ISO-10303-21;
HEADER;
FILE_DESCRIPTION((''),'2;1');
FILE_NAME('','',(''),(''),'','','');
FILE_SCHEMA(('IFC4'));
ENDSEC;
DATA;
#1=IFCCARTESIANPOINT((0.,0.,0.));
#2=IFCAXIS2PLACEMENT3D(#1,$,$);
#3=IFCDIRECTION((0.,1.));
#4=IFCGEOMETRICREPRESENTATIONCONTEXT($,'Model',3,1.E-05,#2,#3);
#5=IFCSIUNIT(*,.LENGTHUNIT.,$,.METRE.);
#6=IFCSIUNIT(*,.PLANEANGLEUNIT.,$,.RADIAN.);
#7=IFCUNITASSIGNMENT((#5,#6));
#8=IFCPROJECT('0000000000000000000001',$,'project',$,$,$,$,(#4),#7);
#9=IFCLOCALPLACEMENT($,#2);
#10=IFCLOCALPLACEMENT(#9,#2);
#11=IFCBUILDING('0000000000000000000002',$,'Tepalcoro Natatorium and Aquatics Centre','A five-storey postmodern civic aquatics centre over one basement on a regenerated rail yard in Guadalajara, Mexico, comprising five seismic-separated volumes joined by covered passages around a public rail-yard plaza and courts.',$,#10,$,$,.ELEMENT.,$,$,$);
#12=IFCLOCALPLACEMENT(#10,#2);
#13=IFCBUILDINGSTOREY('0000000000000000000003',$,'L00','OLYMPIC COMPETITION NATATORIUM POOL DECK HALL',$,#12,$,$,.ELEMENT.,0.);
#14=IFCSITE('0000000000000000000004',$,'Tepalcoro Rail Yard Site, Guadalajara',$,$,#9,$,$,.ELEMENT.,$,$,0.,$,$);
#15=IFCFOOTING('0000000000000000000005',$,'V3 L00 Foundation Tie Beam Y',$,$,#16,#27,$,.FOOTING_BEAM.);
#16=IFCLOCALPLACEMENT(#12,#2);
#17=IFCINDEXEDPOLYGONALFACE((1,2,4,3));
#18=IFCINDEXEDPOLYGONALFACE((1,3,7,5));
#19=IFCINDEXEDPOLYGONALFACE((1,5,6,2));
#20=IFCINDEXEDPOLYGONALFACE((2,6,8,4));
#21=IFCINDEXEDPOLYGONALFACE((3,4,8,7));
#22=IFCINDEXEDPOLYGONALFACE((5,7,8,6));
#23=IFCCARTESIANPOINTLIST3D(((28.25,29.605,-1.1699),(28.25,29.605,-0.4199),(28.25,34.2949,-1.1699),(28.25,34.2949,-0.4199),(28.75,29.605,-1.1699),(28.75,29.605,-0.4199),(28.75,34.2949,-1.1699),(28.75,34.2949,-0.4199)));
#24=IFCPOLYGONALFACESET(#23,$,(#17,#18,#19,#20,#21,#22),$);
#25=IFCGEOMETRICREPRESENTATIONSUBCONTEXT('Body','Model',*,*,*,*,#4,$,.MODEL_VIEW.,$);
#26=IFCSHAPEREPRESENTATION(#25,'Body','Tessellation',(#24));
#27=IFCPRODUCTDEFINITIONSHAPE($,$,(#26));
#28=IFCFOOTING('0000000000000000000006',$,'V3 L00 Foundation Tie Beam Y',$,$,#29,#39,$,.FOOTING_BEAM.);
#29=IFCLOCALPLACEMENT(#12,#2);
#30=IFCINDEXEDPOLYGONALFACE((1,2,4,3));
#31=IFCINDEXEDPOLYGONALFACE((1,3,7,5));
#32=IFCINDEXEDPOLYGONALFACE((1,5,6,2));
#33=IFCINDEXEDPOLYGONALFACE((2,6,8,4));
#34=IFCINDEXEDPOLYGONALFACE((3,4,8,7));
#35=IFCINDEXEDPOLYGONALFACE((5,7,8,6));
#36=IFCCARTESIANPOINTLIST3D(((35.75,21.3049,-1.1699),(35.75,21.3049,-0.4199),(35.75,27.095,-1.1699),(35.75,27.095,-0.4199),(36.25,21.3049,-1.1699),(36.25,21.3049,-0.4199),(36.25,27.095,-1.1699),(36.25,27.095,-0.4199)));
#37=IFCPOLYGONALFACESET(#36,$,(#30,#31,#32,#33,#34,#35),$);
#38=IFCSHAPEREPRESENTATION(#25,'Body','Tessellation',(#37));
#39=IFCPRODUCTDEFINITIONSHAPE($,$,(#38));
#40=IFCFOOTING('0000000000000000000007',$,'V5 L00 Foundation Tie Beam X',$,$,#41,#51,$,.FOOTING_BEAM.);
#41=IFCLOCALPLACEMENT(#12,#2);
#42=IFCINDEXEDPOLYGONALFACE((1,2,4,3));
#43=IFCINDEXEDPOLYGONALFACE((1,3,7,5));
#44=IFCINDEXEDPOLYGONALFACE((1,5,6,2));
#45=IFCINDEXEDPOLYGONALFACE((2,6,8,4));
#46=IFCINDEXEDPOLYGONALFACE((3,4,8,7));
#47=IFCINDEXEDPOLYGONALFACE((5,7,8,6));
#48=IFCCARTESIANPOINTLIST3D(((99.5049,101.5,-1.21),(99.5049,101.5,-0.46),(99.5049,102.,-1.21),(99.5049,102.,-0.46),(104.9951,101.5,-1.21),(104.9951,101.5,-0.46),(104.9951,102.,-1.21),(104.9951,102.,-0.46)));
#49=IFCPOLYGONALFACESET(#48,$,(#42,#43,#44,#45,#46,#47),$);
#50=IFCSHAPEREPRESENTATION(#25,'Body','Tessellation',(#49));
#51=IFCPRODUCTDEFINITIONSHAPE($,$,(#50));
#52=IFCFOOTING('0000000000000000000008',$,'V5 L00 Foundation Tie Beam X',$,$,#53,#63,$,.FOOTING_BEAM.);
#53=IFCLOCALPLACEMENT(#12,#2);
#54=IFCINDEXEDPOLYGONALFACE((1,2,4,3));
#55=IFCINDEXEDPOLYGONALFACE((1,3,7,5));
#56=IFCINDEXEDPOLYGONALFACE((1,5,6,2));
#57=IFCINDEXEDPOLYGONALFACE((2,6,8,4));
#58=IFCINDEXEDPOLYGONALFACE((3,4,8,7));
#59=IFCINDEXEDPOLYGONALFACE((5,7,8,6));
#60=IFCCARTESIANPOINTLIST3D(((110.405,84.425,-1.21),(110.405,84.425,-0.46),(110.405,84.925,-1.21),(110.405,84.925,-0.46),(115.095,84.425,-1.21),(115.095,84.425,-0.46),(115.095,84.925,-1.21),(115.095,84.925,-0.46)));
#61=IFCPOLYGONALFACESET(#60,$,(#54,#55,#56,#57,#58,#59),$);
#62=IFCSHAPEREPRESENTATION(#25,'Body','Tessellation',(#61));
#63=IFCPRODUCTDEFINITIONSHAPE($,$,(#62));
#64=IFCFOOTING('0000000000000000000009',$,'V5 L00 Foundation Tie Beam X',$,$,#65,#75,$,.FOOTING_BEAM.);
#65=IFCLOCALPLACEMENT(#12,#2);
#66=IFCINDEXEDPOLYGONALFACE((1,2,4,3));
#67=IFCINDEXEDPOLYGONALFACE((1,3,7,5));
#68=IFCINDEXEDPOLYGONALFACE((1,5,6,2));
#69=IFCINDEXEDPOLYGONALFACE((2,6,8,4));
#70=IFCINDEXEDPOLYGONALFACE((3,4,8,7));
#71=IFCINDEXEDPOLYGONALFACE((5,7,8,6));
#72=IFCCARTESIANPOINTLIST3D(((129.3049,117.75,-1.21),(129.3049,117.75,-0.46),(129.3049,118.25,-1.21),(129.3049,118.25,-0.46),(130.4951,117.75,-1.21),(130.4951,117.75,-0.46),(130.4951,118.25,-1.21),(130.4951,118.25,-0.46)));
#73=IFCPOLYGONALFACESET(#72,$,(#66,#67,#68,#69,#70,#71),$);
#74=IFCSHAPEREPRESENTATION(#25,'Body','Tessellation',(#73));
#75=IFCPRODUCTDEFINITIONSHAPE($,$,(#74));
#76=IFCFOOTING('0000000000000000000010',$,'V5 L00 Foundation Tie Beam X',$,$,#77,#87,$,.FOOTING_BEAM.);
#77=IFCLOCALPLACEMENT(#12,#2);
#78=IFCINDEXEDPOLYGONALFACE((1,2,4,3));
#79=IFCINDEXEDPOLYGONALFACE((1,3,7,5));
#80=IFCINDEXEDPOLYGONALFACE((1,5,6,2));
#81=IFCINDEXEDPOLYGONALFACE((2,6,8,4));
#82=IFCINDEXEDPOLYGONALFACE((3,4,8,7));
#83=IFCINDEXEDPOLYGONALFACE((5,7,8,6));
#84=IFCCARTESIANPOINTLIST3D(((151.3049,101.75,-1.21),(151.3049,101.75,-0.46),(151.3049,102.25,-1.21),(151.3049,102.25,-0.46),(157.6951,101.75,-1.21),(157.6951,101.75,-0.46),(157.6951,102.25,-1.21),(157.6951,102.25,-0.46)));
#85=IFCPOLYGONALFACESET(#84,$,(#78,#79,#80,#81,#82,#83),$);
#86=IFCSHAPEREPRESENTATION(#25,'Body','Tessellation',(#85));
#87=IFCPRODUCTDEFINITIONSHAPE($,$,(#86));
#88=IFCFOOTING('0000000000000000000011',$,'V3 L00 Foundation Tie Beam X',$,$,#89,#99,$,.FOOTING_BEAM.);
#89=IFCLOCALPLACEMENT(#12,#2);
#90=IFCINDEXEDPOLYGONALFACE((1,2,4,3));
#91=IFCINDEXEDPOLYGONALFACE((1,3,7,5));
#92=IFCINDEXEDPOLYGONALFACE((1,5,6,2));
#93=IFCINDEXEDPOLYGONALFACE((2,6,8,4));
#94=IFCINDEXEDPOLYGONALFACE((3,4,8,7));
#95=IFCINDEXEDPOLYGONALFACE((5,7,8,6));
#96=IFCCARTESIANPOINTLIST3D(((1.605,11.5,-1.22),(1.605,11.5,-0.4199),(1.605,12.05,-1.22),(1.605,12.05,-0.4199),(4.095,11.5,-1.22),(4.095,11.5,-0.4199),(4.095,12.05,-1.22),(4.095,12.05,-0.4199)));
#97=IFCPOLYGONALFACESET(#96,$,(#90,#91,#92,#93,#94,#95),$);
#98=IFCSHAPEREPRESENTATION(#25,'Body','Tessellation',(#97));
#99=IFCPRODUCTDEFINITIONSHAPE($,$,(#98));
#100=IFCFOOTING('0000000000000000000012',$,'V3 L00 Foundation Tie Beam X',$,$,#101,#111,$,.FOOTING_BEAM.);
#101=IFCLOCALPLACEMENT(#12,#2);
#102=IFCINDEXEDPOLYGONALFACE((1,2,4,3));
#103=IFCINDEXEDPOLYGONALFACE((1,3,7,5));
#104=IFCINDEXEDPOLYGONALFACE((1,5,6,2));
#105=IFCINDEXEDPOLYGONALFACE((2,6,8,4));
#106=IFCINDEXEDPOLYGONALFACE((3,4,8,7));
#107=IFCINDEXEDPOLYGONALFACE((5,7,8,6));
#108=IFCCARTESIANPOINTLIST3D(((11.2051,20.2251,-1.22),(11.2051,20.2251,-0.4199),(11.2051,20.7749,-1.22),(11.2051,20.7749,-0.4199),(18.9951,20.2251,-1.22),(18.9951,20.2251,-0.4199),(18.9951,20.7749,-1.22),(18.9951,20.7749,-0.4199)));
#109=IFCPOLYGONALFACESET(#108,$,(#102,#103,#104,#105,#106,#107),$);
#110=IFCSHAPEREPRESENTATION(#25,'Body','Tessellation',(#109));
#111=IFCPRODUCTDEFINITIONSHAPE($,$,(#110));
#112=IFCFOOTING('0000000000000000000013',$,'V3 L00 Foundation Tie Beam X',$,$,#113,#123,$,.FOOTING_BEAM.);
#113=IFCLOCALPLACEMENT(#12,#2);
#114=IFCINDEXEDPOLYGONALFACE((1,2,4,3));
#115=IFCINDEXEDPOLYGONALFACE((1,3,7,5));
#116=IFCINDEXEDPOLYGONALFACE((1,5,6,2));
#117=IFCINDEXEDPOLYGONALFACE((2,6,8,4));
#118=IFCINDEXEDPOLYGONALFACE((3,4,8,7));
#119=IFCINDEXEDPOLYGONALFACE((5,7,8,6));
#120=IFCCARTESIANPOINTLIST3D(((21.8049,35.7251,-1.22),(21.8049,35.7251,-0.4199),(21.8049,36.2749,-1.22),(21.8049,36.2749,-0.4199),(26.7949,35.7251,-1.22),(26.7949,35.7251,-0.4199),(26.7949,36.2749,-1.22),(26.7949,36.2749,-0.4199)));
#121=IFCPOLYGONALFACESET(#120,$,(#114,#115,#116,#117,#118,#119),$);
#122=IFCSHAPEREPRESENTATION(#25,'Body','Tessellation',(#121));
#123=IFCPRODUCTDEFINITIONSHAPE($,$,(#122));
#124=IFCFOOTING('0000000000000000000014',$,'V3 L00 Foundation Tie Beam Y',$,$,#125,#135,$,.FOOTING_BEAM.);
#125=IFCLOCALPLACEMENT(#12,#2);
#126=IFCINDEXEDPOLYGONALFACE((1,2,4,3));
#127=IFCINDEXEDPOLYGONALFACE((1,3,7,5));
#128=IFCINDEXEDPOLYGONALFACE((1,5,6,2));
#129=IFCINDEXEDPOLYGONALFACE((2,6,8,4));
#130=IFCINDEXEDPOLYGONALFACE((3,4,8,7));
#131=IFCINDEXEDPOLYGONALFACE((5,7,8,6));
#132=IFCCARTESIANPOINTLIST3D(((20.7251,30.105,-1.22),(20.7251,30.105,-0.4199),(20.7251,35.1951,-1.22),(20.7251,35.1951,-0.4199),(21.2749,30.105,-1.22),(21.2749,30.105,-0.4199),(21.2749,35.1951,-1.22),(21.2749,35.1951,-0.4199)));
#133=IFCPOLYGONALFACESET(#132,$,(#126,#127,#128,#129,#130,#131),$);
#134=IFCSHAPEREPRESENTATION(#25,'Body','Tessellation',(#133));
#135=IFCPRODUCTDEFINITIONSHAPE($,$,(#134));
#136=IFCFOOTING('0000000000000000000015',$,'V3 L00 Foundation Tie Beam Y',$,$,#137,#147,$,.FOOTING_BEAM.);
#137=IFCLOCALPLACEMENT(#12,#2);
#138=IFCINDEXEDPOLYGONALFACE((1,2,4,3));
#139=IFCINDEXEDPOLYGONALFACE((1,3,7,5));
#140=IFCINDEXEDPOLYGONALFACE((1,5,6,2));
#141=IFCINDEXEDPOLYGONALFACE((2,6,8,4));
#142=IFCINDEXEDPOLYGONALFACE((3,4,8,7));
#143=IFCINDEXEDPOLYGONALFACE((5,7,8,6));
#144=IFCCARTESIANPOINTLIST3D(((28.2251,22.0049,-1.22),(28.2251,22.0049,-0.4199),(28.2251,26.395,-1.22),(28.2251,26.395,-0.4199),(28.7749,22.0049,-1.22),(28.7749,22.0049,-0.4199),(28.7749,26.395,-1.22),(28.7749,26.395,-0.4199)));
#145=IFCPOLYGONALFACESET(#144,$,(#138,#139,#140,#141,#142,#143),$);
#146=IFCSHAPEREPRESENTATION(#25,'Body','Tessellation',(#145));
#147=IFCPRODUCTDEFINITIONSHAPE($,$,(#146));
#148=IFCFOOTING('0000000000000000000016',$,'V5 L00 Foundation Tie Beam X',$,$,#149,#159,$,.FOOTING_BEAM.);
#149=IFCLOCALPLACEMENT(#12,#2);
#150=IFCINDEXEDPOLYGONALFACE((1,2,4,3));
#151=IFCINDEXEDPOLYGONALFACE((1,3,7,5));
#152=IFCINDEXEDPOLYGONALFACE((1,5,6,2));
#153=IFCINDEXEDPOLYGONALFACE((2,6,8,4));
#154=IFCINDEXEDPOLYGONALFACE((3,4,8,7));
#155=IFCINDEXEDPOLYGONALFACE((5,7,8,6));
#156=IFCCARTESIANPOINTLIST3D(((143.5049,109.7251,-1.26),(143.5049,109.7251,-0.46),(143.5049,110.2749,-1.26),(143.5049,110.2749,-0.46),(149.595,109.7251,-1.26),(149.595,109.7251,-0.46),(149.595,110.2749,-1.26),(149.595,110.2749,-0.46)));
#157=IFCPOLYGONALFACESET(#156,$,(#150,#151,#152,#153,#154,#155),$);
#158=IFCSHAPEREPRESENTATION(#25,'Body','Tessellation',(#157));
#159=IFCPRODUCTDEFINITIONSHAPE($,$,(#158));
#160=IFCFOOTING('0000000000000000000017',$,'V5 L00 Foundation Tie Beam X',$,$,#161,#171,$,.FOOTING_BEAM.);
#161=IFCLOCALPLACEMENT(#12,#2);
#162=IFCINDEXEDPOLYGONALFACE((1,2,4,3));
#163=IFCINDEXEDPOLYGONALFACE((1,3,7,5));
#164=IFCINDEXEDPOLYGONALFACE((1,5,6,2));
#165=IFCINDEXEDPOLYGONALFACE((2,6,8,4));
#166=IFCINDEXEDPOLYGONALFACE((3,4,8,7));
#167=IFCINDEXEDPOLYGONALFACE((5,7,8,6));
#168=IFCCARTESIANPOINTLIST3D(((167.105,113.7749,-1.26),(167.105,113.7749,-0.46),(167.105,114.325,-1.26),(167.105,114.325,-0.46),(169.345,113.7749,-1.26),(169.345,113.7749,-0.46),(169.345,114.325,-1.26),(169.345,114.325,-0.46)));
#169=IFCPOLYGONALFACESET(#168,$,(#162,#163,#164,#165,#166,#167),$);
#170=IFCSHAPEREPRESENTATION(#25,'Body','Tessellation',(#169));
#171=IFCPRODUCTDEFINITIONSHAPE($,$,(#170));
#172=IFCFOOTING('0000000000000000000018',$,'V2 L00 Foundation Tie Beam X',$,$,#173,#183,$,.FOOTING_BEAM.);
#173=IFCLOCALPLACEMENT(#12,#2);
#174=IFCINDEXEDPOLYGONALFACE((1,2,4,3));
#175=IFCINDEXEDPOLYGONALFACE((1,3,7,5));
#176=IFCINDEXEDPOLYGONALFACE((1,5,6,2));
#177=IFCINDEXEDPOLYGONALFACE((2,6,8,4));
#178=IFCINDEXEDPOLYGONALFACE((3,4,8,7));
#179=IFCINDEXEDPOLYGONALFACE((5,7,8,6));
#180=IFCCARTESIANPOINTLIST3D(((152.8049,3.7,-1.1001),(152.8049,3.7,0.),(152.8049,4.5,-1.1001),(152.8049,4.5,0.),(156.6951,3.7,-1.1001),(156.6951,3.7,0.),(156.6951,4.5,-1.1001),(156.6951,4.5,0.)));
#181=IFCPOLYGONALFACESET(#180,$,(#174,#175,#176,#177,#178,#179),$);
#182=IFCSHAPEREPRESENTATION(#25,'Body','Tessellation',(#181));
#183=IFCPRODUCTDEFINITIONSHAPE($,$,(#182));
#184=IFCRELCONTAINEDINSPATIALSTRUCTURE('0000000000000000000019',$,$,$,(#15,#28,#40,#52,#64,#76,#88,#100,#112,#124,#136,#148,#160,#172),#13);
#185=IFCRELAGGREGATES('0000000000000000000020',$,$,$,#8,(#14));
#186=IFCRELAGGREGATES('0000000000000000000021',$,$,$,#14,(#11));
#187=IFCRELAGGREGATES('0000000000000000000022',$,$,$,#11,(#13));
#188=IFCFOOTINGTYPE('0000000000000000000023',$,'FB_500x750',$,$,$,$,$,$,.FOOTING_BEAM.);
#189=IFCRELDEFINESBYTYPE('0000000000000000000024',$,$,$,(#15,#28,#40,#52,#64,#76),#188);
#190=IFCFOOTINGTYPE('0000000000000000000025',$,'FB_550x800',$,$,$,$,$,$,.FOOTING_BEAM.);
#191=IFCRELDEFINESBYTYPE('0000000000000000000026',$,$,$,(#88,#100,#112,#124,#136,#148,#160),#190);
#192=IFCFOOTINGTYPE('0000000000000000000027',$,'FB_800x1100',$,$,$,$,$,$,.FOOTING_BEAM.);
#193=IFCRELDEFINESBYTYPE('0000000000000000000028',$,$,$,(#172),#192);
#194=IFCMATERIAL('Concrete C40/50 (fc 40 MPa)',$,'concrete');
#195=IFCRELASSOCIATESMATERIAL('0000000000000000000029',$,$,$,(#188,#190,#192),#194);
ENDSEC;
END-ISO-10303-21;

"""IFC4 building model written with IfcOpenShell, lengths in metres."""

from ifc_helpers import new_model, si_unit, direction, frame, origin, place, context, subcontext, project, spatial, polyline, outline, extrude, material, type_object, element, save


model = new_model("IFC4")

# Units and contexts
model_context = context("Model", 3, precision=1e-05, world=origin(), true_north=direction((0.0, 1.0)))
body_context = subcontext(model_context, "Body", "Model", "MODEL_VIEW")
ifc_project = project(units=[si_unit("LENGTHUNIT", "METRE"), si_unit("PLANEANGLEUNIT", "RADIAN")], contexts=[model_context])

# Site, building, storey
site_placement = place(None, origin())
site = spatial("IfcSite", under=ifc_project, at=site_placement, Name="Tepalcoro Rail Yard Site, Guadalajara", CompositionType="ELEMENT", RefElevation=0.0)
building_placement = place(site_placement, origin())
building = spatial("IfcBuilding", under=site, at=building_placement, Name="Tepalcoro Natatorium and Aquatics Centre", Description="A five-storey postmodern civic aquatics centre over one basement on a regenerated rail yard in Guadalajara, Mexico, comprising five seismic-separated volumes joined by covered passages around a public rail-yard plaza and courts.", CompositionType="ELEMENT")
storey_placement = place(building_placement, origin())
storey = spatial("IfcBuildingStorey", under=building, at=storey_placement, Name="L00", Description="OLYMPIC COMPETITION NATATORIUM POOL DECK HALL", CompositionType="ELEMENT", Elevation=0.0)

# Footings
ifc_material = material(Name="Concrete C40/50 (fc 40 MPa)", Category="concrete")
footing_type_1 = type_object("IfcFootingType", Name="FB_500x750", PredefinedType="FOOTING_BEAM", material=ifc_material)
footing_1_placement = place(storey_placement, frame((0.0, 0.0, -1.1699)))
element("IfcFooting", 1, at=footing_1_placement, inside=storey, type_object=footing_type_1, Name="V3 L00 Foundation Tie Beam Y", PredefinedType="FOOTING_BEAM", context=body_context, shape_type="SweptSolid", body=[
    extrude(outline(polyline([(28.75, 29.605), (28.75, 34.2949), (28.25, 34.2949), (28.25, 29.605), (28.75, 29.605)])), origin(), (0.0, 0.0, 1.0), 0.75),
])
footing_2_placement = place(storey_placement, frame((0.0, 0.0, -1.1699)))
element("IfcFooting", 2, at=footing_2_placement, inside=storey, type_object=footing_type_1, Name="V3 L00 Foundation Tie Beam Y", PredefinedType="FOOTING_BEAM", context=body_context, shape_type="SweptSolid", body=[
    extrude(outline(polyline([(36.25, 21.3049), (36.25, 27.095), (35.75, 27.095), (35.75, 21.3049), (36.25, 21.3049)])), origin(), (0.0, 0.0, 1.0), 0.75),
])
footing_3_placement = place(storey_placement, frame((0.0, 0.0, -1.21)))
element("IfcFooting", 3, at=footing_3_placement, inside=storey, type_object=footing_type_1, Name="V5 L00 Foundation Tie Beam X", PredefinedType="FOOTING_BEAM", context=body_context, shape_type="SweptSolid", body=[
    extrude(outline(polyline([(99.5049, 101.5), (104.9951, 101.5), (104.9951, 102.0), (99.5049, 102.0), (99.5049, 101.5)])), origin(), (0.0, 0.0, 1.0), 0.75),
])
footing_4_placement = place(storey_placement, frame((0.0, 0.0, -1.21)))
element("IfcFooting", 4, at=footing_4_placement, inside=storey, type_object=footing_type_1, Name="V5 L00 Foundation Tie Beam X", PredefinedType="FOOTING_BEAM", context=body_context, shape_type="SweptSolid", body=[
    extrude(outline(polyline([(110.405, 84.425), (115.095, 84.425), (115.095, 84.925), (110.405, 84.925), (110.405, 84.425)])), origin(), (0.0, 0.0, 1.0), 0.75),
])
footing_5_placement = place(storey_placement, frame((0.0, 0.0, -1.21)))
element("IfcFooting", 5, at=footing_5_placement, inside=storey, type_object=footing_type_1, Name="V5 L00 Foundation Tie Beam X", PredefinedType="FOOTING_BEAM", context=body_context, shape_type="SweptSolid", body=[
    extrude(outline(polyline([(129.3049, 117.75), (130.4951, 117.75), (130.4951, 118.25), (129.3049, 118.25), (129.3049, 117.75)])), origin(), (0.0, 0.0, 1.0), 0.75),
])
footing_6_placement = place(storey_placement, frame((0.0, 0.0, -1.21)))
element("IfcFooting", 6, at=footing_6_placement, inside=storey, type_object=footing_type_1, Name="V5 L00 Foundation Tie Beam X", PredefinedType="FOOTING_BEAM", context=body_context, shape_type="SweptSolid", body=[
    extrude(outline(polyline([(151.3049, 101.75), (157.6951, 101.75), (157.6951, 102.25), (151.3049, 102.25), (151.3049, 101.75)])), origin(), (0.0, 0.0, 1.0), 0.75),
])
footing_type_2 = type_object("IfcFootingType", Name="FB_550x800", PredefinedType="FOOTING_BEAM", material=ifc_material)
footing_7_placement = place(storey_placement, frame((0.0, 0.0, -1.22)))
element("IfcFooting", 7, at=footing_7_placement, inside=storey, type_object=footing_type_2, Name="V3 L00 Foundation Tie Beam X", PredefinedType="FOOTING_BEAM", context=body_context, shape_type="SweptSolid", body=[
    extrude(outline(polyline([(1.605, 11.5), (4.095, 11.5), (4.095, 12.05), (1.605, 12.05), (1.605, 11.5)])), origin(), (0.0, 0.0, 1.0), 0.8),
])
footing_8_placement = place(storey_placement, frame((0.0, 0.0, -1.22)))
element("IfcFooting", 8, at=footing_8_placement, inside=storey, type_object=footing_type_2, Name="V3 L00 Foundation Tie Beam X", PredefinedType="FOOTING_BEAM", context=body_context, shape_type="SweptSolid", body=[
    extrude(outline(polyline([(11.2051, 20.2251), (18.9951, 20.2251), (18.9951, 20.7749), (11.2051, 20.7749), (11.2051, 20.2251)])), origin(), (0.0, 0.0, 1.0), 0.8),
])
footing_9_placement = place(storey_placement, frame((0.0, 0.0, -1.22)))
element("IfcFooting", 9, at=footing_9_placement, inside=storey, type_object=footing_type_2, Name="V3 L00 Foundation Tie Beam X", PredefinedType="FOOTING_BEAM", context=body_context, shape_type="SweptSolid", body=[
    extrude(outline(polyline([(21.8049, 35.7251), (26.7949, 35.7251), (26.7949, 36.2749), (21.8049, 36.2749), (21.8049, 35.7251)])), origin(), (0.0, 0.0, 1.0), 0.8),
])
footing_10_placement = place(storey_placement, frame((0.0, 0.0, -1.22)))
element("IfcFooting", 10, at=footing_10_placement, inside=storey, type_object=footing_type_2, Name="V3 L00 Foundation Tie Beam Y", PredefinedType="FOOTING_BEAM", context=body_context, shape_type="SweptSolid", body=[
    extrude(outline(polyline([(21.2749, 30.105), (21.2749, 35.1951), (20.7251, 35.1951), (20.7251, 30.105), (21.2749, 30.105)])), origin(), (0.0, 0.0, 1.0), 0.8),
])
footing_11_placement = place(storey_placement, frame((0.0, 0.0, -1.22)))
element("IfcFooting", 11, at=footing_11_placement, inside=storey, type_object=footing_type_2, Name="V3 L00 Foundation Tie Beam Y", PredefinedType="FOOTING_BEAM", context=body_context, shape_type="SweptSolid", body=[
    extrude(outline(polyline([(28.7749, 22.0049), (28.7749, 26.395), (28.2251, 26.395), (28.2251, 22.0049), (28.7749, 22.0049)])), origin(), (0.0, 0.0, 1.0), 0.8),
])
footing_12_placement = place(storey_placement, frame((0.0, 0.0, -1.26)))
element("IfcFooting", 12, at=footing_12_placement, inside=storey, type_object=footing_type_2, Name="V5 L00 Foundation Tie Beam X", PredefinedType="FOOTING_BEAM", context=body_context, shape_type="SweptSolid", body=[
    extrude(outline(polyline([(143.5049, 109.7251), (149.595, 109.7251), (149.595, 110.2749), (143.5049, 110.2749), (143.5049, 109.7251)])), origin(), (0.0, 0.0, 1.0), 0.8),
])
footing_13_placement = place(storey_placement, frame((0.0, 0.0, -1.26)))
element("IfcFooting", 13, at=footing_13_placement, inside=storey, type_object=footing_type_2, Name="V5 L00 Foundation Tie Beam X", PredefinedType="FOOTING_BEAM", context=body_context, shape_type="SweptSolid", body=[
    extrude(outline(polyline([(167.105, 113.7749), (169.345, 113.7749), (169.345, 114.325), (167.105, 114.325), (167.105, 113.7749)])), origin(), (0.0, 0.0, 1.0), 0.8),
])
footing_type_3 = type_object("IfcFootingType", Name="FB_800x1100", PredefinedType="FOOTING_BEAM", material=ifc_material)
footing_14_placement = place(storey_placement, frame((0.0, 0.0, -1.1001)))
element("IfcFooting", 14, at=footing_14_placement, inside=storey, type_object=footing_type_3, Name="V2 L00 Foundation Tie Beam X", PredefinedType="FOOTING_BEAM", context=body_context, shape_type="SweptSolid", body=[
    extrude(outline(polyline([(152.8049, 3.7), (156.6951, 3.7), (156.6951, 4.5), (152.8049, 4.5), (152.8049, 3.7)])), origin(), (0.0, 0.0, 1.0), 1.1001),
])

save(model, "model.ifc")
